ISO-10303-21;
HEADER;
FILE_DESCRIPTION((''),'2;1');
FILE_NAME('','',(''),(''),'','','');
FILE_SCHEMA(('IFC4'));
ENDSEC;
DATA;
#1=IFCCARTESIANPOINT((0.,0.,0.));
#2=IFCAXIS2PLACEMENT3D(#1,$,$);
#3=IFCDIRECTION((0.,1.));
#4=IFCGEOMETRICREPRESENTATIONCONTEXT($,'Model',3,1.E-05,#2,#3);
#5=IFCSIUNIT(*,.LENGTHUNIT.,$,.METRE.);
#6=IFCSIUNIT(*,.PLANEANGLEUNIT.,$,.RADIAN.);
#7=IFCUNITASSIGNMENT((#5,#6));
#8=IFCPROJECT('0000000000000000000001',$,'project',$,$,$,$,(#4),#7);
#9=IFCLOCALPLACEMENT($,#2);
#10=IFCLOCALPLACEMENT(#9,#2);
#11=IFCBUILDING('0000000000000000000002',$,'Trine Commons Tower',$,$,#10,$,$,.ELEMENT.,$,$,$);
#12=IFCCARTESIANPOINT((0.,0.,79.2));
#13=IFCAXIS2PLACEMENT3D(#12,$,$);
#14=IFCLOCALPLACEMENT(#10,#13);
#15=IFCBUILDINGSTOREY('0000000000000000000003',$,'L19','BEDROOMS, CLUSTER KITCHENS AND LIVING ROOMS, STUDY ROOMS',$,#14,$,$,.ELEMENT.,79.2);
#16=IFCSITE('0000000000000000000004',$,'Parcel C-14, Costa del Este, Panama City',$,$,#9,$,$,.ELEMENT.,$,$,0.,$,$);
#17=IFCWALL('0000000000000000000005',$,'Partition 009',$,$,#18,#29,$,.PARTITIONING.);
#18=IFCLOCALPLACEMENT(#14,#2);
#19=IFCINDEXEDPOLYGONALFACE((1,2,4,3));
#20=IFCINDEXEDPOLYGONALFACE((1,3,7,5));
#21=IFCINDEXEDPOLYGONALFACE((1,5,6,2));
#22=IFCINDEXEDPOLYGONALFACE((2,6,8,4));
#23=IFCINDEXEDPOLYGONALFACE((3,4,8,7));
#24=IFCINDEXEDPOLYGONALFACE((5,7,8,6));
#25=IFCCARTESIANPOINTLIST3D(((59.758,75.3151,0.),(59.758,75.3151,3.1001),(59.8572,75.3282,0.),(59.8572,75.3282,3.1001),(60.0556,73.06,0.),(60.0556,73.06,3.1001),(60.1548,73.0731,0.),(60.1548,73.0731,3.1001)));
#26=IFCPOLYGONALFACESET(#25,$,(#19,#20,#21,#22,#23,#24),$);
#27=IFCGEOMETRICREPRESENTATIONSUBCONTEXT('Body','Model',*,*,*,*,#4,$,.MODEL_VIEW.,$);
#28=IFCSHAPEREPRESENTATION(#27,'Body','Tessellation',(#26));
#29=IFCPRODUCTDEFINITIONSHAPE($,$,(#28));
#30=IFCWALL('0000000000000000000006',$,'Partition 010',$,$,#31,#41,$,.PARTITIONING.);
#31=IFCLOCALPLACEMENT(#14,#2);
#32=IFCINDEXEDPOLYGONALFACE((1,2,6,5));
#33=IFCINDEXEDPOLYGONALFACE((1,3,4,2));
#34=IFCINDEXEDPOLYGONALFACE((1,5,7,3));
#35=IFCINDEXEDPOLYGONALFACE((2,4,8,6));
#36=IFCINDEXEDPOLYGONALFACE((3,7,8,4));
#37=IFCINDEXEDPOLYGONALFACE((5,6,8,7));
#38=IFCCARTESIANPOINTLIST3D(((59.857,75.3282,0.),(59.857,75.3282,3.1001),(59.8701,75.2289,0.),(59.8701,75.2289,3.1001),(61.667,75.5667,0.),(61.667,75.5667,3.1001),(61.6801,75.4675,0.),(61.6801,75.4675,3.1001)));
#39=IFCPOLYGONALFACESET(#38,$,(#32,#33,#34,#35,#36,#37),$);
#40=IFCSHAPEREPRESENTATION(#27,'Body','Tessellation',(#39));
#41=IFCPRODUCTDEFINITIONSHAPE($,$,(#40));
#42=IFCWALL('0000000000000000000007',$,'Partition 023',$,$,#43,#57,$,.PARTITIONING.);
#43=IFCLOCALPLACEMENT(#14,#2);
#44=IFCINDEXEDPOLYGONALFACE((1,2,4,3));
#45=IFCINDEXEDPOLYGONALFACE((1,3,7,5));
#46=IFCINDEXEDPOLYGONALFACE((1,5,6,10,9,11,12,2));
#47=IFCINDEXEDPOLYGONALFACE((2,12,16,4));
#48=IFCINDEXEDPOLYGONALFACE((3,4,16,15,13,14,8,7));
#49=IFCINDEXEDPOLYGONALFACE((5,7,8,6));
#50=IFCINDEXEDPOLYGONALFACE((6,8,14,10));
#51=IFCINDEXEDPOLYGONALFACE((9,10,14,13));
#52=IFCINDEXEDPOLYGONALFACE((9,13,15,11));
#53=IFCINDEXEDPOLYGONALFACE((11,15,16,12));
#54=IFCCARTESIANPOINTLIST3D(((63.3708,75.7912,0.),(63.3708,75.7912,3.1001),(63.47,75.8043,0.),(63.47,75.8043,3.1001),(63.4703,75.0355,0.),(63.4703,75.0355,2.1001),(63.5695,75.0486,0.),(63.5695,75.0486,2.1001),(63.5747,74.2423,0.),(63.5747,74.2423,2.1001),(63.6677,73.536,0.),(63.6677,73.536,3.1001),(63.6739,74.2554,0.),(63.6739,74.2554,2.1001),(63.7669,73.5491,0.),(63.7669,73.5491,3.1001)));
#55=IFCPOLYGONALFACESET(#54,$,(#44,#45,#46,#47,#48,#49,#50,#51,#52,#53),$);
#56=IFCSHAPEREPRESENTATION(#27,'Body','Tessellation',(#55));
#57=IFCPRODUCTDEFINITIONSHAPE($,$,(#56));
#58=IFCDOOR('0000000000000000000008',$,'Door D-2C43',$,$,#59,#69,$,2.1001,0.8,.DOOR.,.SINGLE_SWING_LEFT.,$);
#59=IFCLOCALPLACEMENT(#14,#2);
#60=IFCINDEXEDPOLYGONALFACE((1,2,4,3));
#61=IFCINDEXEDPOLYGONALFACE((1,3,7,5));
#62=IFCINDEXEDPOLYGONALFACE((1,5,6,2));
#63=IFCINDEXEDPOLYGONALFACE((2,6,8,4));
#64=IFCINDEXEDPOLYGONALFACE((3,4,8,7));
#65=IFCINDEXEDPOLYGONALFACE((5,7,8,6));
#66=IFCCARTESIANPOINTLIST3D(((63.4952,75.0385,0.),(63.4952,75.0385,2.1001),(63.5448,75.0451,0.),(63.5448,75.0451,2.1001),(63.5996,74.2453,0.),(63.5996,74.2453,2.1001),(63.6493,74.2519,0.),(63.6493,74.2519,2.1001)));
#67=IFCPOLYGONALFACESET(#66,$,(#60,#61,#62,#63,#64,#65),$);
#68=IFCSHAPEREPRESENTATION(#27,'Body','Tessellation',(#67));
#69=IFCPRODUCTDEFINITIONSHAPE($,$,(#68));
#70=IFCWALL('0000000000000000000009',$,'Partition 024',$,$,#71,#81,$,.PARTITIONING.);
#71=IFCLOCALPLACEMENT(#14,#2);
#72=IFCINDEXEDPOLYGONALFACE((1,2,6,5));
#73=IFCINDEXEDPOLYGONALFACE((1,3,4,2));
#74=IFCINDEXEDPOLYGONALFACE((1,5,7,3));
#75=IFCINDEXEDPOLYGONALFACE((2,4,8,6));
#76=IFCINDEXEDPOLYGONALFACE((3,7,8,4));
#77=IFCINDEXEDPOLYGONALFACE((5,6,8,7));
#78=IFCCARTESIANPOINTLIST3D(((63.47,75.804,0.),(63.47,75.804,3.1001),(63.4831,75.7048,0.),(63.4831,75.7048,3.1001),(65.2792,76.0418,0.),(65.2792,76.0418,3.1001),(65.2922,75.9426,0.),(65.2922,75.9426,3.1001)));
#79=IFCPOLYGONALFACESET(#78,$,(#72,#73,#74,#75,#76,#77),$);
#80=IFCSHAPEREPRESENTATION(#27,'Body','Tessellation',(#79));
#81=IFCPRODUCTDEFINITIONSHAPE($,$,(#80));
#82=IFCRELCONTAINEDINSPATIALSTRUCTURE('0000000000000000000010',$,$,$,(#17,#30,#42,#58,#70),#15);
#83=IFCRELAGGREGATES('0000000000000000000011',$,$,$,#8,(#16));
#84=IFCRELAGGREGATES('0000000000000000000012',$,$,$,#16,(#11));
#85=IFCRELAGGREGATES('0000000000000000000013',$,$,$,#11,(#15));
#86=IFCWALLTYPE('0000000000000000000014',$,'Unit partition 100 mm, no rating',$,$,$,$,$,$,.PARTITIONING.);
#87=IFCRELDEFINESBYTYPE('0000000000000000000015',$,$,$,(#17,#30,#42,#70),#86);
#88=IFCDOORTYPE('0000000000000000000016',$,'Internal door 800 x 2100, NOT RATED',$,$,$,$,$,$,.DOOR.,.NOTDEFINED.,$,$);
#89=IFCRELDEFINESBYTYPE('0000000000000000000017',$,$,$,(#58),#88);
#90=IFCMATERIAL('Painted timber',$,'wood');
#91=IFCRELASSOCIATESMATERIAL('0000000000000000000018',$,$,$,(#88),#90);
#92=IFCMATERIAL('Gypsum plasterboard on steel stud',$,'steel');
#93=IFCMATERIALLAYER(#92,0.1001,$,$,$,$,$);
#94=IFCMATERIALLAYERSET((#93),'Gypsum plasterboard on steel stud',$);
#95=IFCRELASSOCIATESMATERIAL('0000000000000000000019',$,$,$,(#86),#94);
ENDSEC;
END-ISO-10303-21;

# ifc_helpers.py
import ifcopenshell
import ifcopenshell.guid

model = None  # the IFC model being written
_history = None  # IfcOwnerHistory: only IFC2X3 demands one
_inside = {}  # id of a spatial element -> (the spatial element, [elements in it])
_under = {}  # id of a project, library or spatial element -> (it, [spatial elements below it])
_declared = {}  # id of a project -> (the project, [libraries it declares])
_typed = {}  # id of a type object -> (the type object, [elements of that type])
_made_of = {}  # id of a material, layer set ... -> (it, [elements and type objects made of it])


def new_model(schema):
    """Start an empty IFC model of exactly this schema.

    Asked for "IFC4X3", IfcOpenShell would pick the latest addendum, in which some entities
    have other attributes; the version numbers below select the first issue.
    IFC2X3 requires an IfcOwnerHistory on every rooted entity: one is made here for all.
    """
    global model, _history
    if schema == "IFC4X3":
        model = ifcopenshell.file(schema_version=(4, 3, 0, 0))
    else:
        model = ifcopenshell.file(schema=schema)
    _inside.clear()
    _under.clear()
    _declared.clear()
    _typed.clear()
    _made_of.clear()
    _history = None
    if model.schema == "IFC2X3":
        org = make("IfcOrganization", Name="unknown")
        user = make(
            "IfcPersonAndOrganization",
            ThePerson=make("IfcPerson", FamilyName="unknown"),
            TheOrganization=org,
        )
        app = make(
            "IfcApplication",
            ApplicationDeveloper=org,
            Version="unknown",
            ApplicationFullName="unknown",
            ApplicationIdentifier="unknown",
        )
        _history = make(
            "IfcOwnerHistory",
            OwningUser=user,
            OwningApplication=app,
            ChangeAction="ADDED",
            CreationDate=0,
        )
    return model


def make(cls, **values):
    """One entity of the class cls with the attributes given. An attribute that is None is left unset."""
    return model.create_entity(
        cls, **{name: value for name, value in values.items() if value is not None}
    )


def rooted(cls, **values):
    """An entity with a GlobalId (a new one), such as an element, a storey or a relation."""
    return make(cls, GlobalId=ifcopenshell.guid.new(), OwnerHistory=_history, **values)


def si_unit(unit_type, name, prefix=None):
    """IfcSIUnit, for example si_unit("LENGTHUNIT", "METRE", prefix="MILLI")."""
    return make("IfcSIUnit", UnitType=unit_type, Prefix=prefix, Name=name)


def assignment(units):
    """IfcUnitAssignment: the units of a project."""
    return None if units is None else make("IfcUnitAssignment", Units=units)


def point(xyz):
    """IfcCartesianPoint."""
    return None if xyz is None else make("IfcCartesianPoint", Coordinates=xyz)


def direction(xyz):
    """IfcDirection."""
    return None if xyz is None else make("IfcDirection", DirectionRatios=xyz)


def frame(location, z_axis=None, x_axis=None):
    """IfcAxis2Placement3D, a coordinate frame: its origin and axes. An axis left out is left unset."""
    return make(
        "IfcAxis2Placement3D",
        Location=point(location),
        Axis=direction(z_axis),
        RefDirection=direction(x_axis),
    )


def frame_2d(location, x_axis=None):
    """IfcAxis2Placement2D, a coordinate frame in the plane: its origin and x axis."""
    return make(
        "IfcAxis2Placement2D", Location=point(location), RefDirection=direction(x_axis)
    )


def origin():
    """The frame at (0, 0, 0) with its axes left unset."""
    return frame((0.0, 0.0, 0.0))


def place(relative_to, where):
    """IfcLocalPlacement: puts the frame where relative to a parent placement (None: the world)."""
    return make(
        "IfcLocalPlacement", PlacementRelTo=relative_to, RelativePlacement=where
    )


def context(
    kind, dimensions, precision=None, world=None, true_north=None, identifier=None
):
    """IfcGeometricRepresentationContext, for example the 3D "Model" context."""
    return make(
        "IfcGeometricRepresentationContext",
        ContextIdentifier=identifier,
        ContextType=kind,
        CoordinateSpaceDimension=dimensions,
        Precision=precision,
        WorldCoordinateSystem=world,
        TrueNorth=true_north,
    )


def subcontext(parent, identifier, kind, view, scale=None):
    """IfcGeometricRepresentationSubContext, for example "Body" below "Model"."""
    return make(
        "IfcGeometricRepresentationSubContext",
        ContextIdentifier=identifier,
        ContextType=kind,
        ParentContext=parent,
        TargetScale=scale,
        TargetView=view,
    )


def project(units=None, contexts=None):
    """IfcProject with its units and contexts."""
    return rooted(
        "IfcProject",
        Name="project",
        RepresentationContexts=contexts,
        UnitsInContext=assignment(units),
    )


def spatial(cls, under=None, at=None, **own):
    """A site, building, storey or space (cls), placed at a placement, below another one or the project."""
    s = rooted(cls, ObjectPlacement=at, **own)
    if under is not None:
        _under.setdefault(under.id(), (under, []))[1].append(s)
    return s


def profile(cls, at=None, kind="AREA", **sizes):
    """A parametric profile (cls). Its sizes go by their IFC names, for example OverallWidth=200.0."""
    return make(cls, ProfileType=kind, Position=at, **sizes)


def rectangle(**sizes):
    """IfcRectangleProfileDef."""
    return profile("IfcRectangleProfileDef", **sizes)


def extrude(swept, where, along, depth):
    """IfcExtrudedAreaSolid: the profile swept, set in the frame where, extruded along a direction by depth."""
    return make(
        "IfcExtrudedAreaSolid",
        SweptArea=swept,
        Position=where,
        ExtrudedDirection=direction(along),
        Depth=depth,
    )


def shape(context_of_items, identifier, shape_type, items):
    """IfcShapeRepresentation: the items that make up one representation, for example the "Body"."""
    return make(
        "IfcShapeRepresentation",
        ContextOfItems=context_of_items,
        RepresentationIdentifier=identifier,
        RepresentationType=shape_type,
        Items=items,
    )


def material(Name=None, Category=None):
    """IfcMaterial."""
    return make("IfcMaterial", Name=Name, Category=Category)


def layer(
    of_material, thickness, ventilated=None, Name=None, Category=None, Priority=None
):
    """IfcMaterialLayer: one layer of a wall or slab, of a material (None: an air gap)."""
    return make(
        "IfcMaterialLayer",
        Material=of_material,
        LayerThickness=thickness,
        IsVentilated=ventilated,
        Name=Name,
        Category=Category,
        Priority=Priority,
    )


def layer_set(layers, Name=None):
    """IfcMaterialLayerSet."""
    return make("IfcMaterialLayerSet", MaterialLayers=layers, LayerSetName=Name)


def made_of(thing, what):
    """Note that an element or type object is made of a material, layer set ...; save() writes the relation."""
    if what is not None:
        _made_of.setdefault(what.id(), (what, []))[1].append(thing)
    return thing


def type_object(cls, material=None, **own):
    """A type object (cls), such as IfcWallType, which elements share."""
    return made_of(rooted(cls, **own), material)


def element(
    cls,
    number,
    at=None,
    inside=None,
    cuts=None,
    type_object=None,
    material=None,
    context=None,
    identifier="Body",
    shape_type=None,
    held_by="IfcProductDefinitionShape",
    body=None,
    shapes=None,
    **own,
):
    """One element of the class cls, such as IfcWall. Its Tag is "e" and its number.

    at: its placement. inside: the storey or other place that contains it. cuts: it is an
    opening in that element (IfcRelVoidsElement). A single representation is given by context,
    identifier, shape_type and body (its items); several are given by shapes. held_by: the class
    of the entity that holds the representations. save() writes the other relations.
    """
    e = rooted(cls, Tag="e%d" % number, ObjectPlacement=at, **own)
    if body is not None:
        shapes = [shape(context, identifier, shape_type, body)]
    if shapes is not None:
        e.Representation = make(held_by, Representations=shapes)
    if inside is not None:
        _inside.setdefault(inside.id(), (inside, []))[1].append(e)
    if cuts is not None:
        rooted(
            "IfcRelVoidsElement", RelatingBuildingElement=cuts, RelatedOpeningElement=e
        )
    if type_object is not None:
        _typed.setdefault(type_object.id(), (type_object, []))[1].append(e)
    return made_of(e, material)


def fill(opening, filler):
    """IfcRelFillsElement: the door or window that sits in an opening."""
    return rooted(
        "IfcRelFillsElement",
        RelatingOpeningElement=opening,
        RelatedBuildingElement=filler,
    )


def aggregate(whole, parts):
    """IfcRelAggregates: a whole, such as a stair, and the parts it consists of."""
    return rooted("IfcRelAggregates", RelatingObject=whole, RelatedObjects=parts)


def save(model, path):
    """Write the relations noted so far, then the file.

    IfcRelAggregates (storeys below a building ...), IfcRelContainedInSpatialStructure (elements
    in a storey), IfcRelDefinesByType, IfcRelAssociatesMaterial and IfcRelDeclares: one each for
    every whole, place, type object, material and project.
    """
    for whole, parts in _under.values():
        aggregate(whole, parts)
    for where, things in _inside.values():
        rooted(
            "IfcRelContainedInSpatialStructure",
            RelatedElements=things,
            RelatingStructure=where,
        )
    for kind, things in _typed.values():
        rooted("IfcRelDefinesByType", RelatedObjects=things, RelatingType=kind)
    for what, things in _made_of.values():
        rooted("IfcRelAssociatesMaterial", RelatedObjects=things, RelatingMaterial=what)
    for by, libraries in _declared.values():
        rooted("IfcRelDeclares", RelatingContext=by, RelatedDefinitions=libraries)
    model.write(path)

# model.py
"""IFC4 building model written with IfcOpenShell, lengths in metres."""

from ifc_helpers import new_model, si_unit, direction, frame, frame_2d, origin, place, context, subcontext, project, spatial, rectangle, extrude, material, layer, layer_set, type_object, element, fill, save


model = new_model("IFC4")

# Units and contexts
model_context = context("Model", 3, precision=1e-05, world=origin(), true_north=direction((0.0, 1.0)))
body_context = subcontext(model_context, "Body", "Model", "MODEL_VIEW")
ifc_project = project(units=[si_unit("LENGTHUNIT", "METRE"), si_unit("PLANEANGLEUNIT", "RADIAN")], contexts=[model_context])

# Site, building, storey
site_placement = place(None, origin())
site = spatial("IfcSite", under=ifc_project, at=site_placement, Name="Parcel C-14, Costa del Este, Panama City", CompositionType="ELEMENT", RefElevation=0.0)
building_placement = place(site_placement, origin())
building = spatial("IfcBuilding", under=site, at=building_placement, Name="Trine Commons Tower", CompositionType="ELEMENT")
storey_placement = place(building_placement, frame((0.0, 0.0, 79.2)))
storey = spatial("IfcBuildingStorey", under=building, at=storey_placement, Name="L19", Description="BEDROOMS, CLUSTER KITCHENS AND LIVING ROOMS, STUDY ROOMS", CompositionType="ELEMENT", Elevation=79.2)

# Shared definitions
ifc_material_1 = material(Name="Gypsum plasterboard on steel stud", Category="steel")

# Shared definitions
ifc_material_2 = material(Name="Painted timber", Category="wood")
door_type_1 = type_object("IfcDoorType", Name="Internal door 800 x 2100, NOT RATED", OperationType="NOTDEFINED", PredefinedType="DOOR", material=ifc_material_2)

# Walls
ifc_layer_1 = layer(ifc_material_1, 0.1001)
ifc_layer_set_1 = layer_set([ifc_layer_1], Name="Gypsum plasterboard on steel stud")
wall_type_1 = type_object("IfcWallType", Name="Unit partition 100 mm, no rating", PredefinedType="PARTITIONING", material=ifc_layer_set_1)
wall_1_placement = place(storey_placement, frame((59.8076, 75.3215, 0.0), z_axis=(0.0, 0.0, 1.0), x_axis=(0.130835, -0.991404, 0.0)))
element("IfcWall", 1, at=wall_1_placement, inside=storey, type_object=wall_type_1, Name="Partition 009", PredefinedType="PARTITIONING", context=body_context, shape_type="SweptSolid", body=[
    extrude(rectangle(XDim=2.2747, YDim=0.1001, at=frame_2d((1.1372, 0.0))), origin(), (0.0, 0.0, 1.0), 3.1001),
])
wall_2_placement = place(storey_placement, frame((59.8635, 75.2786, 0.0), z_axis=(0.0, 0.0, 1.0), x_axis=(0.991429, 0.130648, 0.0)))
element("IfcWall", 2, at=wall_2_placement, inside=storey, type_object=wall_type_1, Name="Partition 010", PredefinedType="PARTITIONING", context=body_context, shape_type="SweptSolid", body=[
    extrude(rectangle(XDim=1.8257, YDim=0.1001, at=frame_2d((0.9128, 0.0))), origin(), (0.0, 0.0, 1.0), 3.1001),
])

# Wall, opening, door
wall_3_placement = place(storey_placement, frame((63.4204, 75.7976, 0.0), z_axis=(0.0, 0.0, 1.0), x_axis=(0.130518, -0.991446, 0.0)))
wall_3 = element("IfcWall", 3, at=wall_3_placement, inside=storey, type_object=wall_type_1, Name="Partition 023", PredefinedType="PARTITIONING", context=body_context, shape_type="SweptSolid", body=[
    extrude(rectangle(XDim=2.2747, YDim=0.1001, at=frame_2d((1.1372, 0.0))), origin(), (0.0, 0.0, 1.0), 3.1001),
])
opening_1_placement = place(wall_3_placement, frame((0.7622, 0.0, 0.0)))
opening_1 = element("IfcOpeningElement", 4, at=opening_1_placement, cuts=wall_3, PredefinedType="OPENING", context=body_context, shape_type="SweptSolid", body=[
    extrude(rectangle(XDim=0.8, YDim=2.1001, at=frame_2d((0.3999, 1.05))), frame((0.0, 0.0601, 0.0), z_axis=(0.0, -1.0, 0.0), x_axis=(1.0, 0.0, 0.0)), (0.0, 0.0, 1.0), 0.1201),
])
door_1_placement = place(opening_1_placement, frame((0.8, 0.0, 0.0), z_axis=(0.0, 0.0, 1.0), x_axis=(-1.0, 0.0, 0.0)))
door_1 = element("IfcDoor", 5, at=door_1_placement, inside=storey, type_object=door_type_1, Name="Door D-2C43", OperationType="SINGLE_SWING_LEFT", OverallHeight=2.1001, OverallWidth=0.8, PredefinedType="DOOR", context=body_context, shape_type="SweptSolid", body=[
    extrude(rectangle(XDim=0.8, YDim=2.1001, at=frame_2d((0.3999, 1.05))), frame((0.0, 0.0249, 0.0), z_axis=(0.0, -1.0, 0.0), x_axis=(1.0, 0.0, 0.0)), (0.0, 0.0, 1.0), 0.05),
])
fill(opening_1, door_1)

# Wall
wall_4_placement = place(storey_placement, frame((63.4766, 75.7544, 0.0), z_axis=(0.0, 0.0, 1.0), x_axis=(0.991472, 0.130323, 0.0)))
element("IfcWall", 6, at=wall_4_placement, inside=storey, type_object=wall_type_1, Name="Partition 024", PredefinedType="PARTITIONING", context=body_context, shape_type="SweptSolid", body=[
    extrude(rectangle(XDim=1.8247, YDim=0.1001, at=frame_2d((0.9124, 0.0))), origin(), (0.0, 0.0, 1.0), 3.1001),
])

save(model, "model.ifc")
